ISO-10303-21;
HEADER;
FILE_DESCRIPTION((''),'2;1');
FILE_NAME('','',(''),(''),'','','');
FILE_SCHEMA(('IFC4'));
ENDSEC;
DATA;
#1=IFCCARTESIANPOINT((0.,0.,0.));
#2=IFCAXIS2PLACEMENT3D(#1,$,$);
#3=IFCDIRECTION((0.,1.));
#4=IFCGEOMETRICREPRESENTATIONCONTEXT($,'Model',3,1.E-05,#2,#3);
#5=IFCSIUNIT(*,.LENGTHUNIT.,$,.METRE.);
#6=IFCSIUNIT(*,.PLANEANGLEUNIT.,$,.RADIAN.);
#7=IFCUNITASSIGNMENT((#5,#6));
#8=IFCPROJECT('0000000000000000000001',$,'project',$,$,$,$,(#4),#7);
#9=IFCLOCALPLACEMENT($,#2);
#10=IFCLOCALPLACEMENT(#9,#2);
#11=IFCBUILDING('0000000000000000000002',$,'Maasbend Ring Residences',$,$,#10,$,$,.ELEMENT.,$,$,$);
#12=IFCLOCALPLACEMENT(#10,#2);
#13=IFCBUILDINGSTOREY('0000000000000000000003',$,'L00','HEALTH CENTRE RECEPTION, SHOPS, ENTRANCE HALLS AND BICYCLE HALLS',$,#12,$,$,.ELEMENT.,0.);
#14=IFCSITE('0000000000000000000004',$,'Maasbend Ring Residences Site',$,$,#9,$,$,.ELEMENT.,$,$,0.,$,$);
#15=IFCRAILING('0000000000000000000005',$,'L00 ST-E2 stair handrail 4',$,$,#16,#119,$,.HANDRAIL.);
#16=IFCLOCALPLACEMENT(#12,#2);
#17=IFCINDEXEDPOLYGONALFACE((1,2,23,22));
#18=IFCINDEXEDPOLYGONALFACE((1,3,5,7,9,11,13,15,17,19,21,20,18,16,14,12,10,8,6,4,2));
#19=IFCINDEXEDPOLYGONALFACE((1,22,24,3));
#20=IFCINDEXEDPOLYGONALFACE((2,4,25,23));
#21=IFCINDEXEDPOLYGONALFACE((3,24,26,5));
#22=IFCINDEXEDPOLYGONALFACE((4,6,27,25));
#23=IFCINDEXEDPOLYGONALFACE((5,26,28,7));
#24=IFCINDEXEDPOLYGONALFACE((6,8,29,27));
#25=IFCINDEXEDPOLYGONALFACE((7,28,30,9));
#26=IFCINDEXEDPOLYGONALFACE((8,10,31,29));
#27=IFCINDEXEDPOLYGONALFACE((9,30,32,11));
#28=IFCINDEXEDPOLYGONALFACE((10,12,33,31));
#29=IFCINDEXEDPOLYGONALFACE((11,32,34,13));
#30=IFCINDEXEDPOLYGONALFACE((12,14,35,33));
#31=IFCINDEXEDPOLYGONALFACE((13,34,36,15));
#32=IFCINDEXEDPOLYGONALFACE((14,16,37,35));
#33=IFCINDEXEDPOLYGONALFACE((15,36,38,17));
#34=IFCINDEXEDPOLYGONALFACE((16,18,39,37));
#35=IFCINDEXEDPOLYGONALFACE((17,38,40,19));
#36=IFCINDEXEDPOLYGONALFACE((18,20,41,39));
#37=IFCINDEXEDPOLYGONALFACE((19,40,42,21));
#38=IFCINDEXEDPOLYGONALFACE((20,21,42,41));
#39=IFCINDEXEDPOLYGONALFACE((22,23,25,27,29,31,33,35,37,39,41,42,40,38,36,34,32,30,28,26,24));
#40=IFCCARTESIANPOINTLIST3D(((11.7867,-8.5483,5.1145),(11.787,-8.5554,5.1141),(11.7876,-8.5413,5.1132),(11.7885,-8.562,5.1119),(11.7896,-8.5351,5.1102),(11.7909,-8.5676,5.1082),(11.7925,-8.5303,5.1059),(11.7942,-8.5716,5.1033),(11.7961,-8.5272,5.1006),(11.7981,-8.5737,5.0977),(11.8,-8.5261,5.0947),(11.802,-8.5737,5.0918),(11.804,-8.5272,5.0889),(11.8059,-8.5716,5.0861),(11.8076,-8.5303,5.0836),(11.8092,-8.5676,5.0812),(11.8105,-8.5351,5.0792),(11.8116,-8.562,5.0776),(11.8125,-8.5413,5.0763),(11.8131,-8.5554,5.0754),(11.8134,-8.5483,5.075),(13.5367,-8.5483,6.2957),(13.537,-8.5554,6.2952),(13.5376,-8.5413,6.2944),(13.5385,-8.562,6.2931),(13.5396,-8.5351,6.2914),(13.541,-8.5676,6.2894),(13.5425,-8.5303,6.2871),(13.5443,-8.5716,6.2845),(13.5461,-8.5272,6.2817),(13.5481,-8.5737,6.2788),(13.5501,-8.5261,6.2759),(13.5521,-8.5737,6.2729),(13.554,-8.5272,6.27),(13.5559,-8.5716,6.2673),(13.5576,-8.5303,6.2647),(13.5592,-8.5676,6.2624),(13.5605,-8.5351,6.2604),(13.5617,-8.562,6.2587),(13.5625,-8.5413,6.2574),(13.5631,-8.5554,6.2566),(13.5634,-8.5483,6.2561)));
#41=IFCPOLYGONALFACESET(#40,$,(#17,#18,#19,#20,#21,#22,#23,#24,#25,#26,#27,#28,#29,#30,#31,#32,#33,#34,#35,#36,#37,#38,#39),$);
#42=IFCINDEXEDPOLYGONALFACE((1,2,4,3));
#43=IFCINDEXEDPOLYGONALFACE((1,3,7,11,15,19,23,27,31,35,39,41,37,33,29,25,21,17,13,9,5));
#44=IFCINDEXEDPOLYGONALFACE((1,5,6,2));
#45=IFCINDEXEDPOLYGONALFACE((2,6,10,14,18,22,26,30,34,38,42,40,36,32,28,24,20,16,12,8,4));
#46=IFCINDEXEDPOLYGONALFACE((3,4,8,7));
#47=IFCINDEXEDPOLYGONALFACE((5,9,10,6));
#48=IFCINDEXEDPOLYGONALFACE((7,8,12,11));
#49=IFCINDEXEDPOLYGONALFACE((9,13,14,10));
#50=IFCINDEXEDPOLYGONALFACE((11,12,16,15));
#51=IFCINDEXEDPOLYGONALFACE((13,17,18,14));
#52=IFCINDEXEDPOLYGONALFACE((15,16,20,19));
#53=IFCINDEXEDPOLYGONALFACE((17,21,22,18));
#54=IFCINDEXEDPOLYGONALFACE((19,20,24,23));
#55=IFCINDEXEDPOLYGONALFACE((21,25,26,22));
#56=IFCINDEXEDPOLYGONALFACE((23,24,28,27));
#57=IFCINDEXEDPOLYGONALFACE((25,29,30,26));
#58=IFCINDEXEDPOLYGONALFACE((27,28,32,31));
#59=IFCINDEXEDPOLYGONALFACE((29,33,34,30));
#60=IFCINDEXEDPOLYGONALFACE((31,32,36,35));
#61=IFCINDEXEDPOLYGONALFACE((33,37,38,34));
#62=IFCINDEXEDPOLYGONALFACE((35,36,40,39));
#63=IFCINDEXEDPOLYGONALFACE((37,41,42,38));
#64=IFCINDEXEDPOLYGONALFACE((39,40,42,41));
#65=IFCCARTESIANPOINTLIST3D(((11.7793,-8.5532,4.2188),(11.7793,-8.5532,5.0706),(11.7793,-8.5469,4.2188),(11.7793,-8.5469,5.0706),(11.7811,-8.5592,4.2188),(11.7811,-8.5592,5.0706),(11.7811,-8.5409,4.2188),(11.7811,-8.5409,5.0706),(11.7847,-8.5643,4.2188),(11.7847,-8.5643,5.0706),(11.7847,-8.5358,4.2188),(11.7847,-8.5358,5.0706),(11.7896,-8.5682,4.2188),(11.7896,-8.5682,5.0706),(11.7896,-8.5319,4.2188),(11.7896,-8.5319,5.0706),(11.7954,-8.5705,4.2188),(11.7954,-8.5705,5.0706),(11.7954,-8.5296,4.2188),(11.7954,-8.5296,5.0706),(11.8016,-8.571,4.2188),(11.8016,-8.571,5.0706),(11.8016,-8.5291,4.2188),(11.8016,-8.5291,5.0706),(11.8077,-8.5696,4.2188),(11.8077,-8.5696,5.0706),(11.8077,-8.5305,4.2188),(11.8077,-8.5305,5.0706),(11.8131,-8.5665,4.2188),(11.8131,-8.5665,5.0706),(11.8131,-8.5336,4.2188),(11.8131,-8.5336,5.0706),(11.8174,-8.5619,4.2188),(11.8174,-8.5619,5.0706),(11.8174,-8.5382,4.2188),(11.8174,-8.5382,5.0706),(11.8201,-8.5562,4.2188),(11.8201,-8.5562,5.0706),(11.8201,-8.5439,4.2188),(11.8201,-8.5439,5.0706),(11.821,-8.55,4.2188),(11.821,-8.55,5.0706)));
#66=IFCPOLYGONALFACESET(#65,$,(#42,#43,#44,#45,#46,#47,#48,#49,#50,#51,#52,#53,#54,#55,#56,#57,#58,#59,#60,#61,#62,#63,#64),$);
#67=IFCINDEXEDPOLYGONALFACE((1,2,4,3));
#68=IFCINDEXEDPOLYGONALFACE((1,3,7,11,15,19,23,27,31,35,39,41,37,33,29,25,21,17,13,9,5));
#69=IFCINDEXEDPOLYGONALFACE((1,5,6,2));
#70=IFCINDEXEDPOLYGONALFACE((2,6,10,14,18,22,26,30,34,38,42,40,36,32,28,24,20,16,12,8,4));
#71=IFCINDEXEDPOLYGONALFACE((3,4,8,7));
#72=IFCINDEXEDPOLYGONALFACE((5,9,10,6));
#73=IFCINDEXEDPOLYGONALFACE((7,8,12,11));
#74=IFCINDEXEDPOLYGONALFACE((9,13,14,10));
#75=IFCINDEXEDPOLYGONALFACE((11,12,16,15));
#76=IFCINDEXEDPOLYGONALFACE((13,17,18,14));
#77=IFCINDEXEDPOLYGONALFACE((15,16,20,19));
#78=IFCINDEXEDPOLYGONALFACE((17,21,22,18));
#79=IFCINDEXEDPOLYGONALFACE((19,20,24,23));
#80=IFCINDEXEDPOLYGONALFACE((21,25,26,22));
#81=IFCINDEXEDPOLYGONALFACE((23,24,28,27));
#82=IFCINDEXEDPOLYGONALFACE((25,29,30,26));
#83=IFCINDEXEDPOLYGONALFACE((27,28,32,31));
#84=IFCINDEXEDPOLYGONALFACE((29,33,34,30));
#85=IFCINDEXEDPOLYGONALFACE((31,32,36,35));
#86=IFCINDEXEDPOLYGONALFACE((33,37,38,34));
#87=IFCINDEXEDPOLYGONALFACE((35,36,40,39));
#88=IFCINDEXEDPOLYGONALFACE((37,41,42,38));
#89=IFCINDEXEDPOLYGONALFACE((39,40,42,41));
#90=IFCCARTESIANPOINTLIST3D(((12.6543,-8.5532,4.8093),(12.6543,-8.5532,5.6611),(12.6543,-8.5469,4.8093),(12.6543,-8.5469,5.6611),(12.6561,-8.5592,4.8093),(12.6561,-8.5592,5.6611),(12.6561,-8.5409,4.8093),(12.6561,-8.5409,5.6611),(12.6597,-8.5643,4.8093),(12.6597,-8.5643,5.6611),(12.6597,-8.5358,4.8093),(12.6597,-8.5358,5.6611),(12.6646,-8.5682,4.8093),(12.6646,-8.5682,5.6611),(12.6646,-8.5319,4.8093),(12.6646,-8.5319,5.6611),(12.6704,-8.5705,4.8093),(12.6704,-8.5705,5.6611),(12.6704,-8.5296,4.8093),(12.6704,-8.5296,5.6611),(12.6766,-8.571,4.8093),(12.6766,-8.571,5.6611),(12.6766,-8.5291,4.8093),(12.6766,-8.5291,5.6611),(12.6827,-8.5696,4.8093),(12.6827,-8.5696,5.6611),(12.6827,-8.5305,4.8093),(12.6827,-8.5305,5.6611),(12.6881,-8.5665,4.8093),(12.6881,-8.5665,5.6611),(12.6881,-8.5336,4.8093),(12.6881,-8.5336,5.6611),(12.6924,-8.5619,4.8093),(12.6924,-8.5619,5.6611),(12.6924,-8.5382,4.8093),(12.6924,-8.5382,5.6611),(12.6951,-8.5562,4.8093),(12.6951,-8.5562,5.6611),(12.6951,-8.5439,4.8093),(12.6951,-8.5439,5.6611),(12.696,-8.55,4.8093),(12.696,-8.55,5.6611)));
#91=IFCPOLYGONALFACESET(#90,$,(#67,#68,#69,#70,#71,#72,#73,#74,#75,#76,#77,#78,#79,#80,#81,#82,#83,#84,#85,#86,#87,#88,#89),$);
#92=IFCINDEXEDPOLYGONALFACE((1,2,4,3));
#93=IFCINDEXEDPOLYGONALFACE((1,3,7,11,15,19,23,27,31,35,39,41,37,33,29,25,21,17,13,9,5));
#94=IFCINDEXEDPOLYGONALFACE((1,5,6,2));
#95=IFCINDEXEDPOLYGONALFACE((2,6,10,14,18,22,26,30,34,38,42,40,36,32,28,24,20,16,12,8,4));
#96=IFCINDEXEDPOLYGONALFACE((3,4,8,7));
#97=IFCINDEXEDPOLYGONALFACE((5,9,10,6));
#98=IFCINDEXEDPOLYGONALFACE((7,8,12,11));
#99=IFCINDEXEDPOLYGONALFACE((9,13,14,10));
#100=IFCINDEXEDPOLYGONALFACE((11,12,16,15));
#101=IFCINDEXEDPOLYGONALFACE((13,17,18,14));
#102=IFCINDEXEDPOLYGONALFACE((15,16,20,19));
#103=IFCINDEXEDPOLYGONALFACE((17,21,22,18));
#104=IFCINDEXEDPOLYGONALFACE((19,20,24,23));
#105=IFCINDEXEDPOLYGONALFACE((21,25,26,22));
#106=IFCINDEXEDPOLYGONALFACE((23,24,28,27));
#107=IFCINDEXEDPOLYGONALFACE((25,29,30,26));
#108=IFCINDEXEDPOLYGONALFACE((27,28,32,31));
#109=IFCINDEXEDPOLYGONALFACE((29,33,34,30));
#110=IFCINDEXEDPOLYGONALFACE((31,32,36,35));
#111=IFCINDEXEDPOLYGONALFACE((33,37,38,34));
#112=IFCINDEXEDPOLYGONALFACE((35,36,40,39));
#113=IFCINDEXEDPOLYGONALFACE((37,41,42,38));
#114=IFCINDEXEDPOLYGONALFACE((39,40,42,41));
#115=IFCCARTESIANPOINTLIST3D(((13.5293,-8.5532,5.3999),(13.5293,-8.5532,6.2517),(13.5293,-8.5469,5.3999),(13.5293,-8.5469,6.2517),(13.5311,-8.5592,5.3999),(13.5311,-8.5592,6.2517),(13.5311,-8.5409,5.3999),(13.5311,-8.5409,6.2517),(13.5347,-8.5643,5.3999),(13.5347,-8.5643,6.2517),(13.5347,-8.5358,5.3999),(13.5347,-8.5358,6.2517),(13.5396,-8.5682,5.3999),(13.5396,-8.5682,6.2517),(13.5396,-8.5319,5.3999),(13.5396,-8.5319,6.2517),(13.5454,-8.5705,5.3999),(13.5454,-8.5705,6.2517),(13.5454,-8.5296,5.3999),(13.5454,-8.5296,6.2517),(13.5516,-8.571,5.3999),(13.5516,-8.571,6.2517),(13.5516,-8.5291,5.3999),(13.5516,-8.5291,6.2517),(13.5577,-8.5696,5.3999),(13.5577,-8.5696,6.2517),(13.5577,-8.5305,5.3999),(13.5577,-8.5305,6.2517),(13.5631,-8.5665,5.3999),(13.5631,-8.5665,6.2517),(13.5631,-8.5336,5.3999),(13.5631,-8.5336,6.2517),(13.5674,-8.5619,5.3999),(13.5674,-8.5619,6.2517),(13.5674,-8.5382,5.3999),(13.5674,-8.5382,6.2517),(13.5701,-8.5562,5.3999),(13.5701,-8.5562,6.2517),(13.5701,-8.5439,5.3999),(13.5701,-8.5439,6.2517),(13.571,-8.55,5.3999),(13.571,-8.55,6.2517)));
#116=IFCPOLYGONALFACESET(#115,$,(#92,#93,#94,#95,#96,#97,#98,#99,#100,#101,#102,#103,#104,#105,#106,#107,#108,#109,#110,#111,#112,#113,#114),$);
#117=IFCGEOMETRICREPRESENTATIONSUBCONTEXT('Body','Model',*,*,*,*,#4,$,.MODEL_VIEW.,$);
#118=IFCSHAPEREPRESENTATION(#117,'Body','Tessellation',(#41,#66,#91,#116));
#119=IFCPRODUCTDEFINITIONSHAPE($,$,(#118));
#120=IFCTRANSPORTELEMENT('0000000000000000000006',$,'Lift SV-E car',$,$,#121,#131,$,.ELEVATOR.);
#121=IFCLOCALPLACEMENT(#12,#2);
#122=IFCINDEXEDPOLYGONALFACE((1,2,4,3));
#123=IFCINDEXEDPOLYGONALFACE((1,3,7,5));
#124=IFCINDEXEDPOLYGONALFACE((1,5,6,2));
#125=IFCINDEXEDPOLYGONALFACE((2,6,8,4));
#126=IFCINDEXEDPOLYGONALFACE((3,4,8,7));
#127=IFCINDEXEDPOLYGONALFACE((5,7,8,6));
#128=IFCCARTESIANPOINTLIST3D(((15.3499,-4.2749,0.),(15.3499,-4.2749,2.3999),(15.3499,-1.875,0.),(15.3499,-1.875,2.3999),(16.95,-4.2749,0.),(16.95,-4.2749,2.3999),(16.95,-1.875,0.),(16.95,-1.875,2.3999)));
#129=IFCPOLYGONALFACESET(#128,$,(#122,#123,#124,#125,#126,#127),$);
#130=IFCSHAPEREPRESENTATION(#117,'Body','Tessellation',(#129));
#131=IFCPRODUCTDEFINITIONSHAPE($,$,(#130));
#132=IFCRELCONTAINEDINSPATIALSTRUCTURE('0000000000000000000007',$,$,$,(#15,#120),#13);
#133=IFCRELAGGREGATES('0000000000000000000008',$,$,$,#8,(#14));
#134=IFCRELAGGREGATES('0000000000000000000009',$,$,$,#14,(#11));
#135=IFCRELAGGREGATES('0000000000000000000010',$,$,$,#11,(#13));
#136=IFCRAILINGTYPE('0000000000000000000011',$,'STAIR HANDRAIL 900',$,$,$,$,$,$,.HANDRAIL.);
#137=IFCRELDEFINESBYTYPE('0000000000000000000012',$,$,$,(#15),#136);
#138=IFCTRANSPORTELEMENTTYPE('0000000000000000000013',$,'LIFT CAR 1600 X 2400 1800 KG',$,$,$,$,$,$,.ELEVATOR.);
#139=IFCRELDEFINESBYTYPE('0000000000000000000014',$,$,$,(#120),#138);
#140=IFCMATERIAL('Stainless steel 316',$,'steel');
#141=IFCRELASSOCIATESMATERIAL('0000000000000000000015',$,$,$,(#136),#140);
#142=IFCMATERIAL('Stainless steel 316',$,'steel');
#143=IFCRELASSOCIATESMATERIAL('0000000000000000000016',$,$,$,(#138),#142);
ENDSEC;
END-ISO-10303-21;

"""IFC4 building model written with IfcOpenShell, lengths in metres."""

from ifc_helpers import new_model, si_unit, direction, frame, origin, origin_2d, place, context, subcontext, project, spatial, rectangle, circle, extrude, material, type_object, element, save


model = new_model("IFC4")

# Units and contexts
model_context = context("Model", 3, precision=1e-05, world=origin(), true_north=direction((0.0, 1.0)))
body_context = subcontext(model_context, "Body", "Model", "MODEL_VIEW")
ifc_project = project(units=[si_unit("LENGTHUNIT", "METRE"), si_unit("PLANEANGLEUNIT", "RADIAN")], contexts=[model_context])

# Site, building, storey
site_placement = place(None, origin())
site = spatial("IfcSite", under=ifc_project, at=site_placement, Name="Maasbend Ring Residences Site", CompositionType="ELEMENT", RefElevation=0.0)
building_placement = place(site_placement, origin())
building = spatial("IfcBuilding", under=site, at=building_placement, Name="Maasbend Ring Residences", CompositionType="ELEMENT")
storey_placement = place(building_placement, origin())
storey = spatial("IfcBuildingStorey", under=building, at=storey_placement, Name="L00", Description="HEALTH CENTRE RECEPTION, SHOPS, ENTRANCE HALLS AND BICYCLE HALLS", CompositionType="ELEMENT", Elevation=0.0)

# Railing
ifc_material_1 = material(Name="Stainless steel 316", Category="steel")
railing_type_1 = type_object("IfcRailingType", Name="STAIR HANDRAIL 900", PredefinedType="HANDRAIL", material=ifc_material_1)
railing_1_placement = place(storey_placement, frame((11.8, -8.55, 4.2188)))
element("IfcRailing", 1, at=railing_1_placement, inside=storey, type_object=railing_type_1, Name="L00 ST-E2 stair handrail 4", PredefinedType="HANDRAIL", context=body_context, shape_type="SweptSolid", body=[
    extrude(circle(Radius=0.0239, at=origin_2d()), frame((0.0, 0.0, 0.876), z_axis=(0.82887, 0.0, 0.559441), x_axis=(0.0, 1.0, 0.0)), (0.0, 0.0, 1.0), 2.1113),
    extrude(circle(Radius=0.021, at=origin_2d()), origin(), (0.0, 0.0, 1.0), 0.8518),
    extrude(circle(Radius=0.021, at=origin_2d()), frame((0.875, 0.0, 0.5906)), (0.0, 0.0, 1.0), 0.8518),
    extrude(circle(Radius=0.021, at=origin_2d()), frame((1.75, 0.0, 1.1812)), (0.0, 0.0, 1.0), 0.8518),
])

# Transport element
ifc_material_2 = material(Name="Stainless steel 316", Category="steel")
transport_element_type = type_object("IfcTransportElementType", Name="LIFT CAR 1600 X 2400 1800 KG", PredefinedType="ELEVATOR", material=ifc_material_2)
transport_element_placement = place(storey_placement, frame((16.1499, -3.075, 0.0), z_axis=(0.0, 0.0, 1.0), x_axis=(1.0, 0.0, 0.0)))
element("IfcTransportElement", 2, at=transport_element_placement, inside=storey, type_object=transport_element_type, Name="Lift SV-E car", PredefinedType="ELEVATOR", context=body_context, shape_type="SweptSolid", body=[
    extrude(rectangle(XDim=1.6001, YDim=2.3999, at=origin_2d()), origin(), (0.0, 0.0, 1.0), 2.3999),
])

save(model, "model.ifc")
